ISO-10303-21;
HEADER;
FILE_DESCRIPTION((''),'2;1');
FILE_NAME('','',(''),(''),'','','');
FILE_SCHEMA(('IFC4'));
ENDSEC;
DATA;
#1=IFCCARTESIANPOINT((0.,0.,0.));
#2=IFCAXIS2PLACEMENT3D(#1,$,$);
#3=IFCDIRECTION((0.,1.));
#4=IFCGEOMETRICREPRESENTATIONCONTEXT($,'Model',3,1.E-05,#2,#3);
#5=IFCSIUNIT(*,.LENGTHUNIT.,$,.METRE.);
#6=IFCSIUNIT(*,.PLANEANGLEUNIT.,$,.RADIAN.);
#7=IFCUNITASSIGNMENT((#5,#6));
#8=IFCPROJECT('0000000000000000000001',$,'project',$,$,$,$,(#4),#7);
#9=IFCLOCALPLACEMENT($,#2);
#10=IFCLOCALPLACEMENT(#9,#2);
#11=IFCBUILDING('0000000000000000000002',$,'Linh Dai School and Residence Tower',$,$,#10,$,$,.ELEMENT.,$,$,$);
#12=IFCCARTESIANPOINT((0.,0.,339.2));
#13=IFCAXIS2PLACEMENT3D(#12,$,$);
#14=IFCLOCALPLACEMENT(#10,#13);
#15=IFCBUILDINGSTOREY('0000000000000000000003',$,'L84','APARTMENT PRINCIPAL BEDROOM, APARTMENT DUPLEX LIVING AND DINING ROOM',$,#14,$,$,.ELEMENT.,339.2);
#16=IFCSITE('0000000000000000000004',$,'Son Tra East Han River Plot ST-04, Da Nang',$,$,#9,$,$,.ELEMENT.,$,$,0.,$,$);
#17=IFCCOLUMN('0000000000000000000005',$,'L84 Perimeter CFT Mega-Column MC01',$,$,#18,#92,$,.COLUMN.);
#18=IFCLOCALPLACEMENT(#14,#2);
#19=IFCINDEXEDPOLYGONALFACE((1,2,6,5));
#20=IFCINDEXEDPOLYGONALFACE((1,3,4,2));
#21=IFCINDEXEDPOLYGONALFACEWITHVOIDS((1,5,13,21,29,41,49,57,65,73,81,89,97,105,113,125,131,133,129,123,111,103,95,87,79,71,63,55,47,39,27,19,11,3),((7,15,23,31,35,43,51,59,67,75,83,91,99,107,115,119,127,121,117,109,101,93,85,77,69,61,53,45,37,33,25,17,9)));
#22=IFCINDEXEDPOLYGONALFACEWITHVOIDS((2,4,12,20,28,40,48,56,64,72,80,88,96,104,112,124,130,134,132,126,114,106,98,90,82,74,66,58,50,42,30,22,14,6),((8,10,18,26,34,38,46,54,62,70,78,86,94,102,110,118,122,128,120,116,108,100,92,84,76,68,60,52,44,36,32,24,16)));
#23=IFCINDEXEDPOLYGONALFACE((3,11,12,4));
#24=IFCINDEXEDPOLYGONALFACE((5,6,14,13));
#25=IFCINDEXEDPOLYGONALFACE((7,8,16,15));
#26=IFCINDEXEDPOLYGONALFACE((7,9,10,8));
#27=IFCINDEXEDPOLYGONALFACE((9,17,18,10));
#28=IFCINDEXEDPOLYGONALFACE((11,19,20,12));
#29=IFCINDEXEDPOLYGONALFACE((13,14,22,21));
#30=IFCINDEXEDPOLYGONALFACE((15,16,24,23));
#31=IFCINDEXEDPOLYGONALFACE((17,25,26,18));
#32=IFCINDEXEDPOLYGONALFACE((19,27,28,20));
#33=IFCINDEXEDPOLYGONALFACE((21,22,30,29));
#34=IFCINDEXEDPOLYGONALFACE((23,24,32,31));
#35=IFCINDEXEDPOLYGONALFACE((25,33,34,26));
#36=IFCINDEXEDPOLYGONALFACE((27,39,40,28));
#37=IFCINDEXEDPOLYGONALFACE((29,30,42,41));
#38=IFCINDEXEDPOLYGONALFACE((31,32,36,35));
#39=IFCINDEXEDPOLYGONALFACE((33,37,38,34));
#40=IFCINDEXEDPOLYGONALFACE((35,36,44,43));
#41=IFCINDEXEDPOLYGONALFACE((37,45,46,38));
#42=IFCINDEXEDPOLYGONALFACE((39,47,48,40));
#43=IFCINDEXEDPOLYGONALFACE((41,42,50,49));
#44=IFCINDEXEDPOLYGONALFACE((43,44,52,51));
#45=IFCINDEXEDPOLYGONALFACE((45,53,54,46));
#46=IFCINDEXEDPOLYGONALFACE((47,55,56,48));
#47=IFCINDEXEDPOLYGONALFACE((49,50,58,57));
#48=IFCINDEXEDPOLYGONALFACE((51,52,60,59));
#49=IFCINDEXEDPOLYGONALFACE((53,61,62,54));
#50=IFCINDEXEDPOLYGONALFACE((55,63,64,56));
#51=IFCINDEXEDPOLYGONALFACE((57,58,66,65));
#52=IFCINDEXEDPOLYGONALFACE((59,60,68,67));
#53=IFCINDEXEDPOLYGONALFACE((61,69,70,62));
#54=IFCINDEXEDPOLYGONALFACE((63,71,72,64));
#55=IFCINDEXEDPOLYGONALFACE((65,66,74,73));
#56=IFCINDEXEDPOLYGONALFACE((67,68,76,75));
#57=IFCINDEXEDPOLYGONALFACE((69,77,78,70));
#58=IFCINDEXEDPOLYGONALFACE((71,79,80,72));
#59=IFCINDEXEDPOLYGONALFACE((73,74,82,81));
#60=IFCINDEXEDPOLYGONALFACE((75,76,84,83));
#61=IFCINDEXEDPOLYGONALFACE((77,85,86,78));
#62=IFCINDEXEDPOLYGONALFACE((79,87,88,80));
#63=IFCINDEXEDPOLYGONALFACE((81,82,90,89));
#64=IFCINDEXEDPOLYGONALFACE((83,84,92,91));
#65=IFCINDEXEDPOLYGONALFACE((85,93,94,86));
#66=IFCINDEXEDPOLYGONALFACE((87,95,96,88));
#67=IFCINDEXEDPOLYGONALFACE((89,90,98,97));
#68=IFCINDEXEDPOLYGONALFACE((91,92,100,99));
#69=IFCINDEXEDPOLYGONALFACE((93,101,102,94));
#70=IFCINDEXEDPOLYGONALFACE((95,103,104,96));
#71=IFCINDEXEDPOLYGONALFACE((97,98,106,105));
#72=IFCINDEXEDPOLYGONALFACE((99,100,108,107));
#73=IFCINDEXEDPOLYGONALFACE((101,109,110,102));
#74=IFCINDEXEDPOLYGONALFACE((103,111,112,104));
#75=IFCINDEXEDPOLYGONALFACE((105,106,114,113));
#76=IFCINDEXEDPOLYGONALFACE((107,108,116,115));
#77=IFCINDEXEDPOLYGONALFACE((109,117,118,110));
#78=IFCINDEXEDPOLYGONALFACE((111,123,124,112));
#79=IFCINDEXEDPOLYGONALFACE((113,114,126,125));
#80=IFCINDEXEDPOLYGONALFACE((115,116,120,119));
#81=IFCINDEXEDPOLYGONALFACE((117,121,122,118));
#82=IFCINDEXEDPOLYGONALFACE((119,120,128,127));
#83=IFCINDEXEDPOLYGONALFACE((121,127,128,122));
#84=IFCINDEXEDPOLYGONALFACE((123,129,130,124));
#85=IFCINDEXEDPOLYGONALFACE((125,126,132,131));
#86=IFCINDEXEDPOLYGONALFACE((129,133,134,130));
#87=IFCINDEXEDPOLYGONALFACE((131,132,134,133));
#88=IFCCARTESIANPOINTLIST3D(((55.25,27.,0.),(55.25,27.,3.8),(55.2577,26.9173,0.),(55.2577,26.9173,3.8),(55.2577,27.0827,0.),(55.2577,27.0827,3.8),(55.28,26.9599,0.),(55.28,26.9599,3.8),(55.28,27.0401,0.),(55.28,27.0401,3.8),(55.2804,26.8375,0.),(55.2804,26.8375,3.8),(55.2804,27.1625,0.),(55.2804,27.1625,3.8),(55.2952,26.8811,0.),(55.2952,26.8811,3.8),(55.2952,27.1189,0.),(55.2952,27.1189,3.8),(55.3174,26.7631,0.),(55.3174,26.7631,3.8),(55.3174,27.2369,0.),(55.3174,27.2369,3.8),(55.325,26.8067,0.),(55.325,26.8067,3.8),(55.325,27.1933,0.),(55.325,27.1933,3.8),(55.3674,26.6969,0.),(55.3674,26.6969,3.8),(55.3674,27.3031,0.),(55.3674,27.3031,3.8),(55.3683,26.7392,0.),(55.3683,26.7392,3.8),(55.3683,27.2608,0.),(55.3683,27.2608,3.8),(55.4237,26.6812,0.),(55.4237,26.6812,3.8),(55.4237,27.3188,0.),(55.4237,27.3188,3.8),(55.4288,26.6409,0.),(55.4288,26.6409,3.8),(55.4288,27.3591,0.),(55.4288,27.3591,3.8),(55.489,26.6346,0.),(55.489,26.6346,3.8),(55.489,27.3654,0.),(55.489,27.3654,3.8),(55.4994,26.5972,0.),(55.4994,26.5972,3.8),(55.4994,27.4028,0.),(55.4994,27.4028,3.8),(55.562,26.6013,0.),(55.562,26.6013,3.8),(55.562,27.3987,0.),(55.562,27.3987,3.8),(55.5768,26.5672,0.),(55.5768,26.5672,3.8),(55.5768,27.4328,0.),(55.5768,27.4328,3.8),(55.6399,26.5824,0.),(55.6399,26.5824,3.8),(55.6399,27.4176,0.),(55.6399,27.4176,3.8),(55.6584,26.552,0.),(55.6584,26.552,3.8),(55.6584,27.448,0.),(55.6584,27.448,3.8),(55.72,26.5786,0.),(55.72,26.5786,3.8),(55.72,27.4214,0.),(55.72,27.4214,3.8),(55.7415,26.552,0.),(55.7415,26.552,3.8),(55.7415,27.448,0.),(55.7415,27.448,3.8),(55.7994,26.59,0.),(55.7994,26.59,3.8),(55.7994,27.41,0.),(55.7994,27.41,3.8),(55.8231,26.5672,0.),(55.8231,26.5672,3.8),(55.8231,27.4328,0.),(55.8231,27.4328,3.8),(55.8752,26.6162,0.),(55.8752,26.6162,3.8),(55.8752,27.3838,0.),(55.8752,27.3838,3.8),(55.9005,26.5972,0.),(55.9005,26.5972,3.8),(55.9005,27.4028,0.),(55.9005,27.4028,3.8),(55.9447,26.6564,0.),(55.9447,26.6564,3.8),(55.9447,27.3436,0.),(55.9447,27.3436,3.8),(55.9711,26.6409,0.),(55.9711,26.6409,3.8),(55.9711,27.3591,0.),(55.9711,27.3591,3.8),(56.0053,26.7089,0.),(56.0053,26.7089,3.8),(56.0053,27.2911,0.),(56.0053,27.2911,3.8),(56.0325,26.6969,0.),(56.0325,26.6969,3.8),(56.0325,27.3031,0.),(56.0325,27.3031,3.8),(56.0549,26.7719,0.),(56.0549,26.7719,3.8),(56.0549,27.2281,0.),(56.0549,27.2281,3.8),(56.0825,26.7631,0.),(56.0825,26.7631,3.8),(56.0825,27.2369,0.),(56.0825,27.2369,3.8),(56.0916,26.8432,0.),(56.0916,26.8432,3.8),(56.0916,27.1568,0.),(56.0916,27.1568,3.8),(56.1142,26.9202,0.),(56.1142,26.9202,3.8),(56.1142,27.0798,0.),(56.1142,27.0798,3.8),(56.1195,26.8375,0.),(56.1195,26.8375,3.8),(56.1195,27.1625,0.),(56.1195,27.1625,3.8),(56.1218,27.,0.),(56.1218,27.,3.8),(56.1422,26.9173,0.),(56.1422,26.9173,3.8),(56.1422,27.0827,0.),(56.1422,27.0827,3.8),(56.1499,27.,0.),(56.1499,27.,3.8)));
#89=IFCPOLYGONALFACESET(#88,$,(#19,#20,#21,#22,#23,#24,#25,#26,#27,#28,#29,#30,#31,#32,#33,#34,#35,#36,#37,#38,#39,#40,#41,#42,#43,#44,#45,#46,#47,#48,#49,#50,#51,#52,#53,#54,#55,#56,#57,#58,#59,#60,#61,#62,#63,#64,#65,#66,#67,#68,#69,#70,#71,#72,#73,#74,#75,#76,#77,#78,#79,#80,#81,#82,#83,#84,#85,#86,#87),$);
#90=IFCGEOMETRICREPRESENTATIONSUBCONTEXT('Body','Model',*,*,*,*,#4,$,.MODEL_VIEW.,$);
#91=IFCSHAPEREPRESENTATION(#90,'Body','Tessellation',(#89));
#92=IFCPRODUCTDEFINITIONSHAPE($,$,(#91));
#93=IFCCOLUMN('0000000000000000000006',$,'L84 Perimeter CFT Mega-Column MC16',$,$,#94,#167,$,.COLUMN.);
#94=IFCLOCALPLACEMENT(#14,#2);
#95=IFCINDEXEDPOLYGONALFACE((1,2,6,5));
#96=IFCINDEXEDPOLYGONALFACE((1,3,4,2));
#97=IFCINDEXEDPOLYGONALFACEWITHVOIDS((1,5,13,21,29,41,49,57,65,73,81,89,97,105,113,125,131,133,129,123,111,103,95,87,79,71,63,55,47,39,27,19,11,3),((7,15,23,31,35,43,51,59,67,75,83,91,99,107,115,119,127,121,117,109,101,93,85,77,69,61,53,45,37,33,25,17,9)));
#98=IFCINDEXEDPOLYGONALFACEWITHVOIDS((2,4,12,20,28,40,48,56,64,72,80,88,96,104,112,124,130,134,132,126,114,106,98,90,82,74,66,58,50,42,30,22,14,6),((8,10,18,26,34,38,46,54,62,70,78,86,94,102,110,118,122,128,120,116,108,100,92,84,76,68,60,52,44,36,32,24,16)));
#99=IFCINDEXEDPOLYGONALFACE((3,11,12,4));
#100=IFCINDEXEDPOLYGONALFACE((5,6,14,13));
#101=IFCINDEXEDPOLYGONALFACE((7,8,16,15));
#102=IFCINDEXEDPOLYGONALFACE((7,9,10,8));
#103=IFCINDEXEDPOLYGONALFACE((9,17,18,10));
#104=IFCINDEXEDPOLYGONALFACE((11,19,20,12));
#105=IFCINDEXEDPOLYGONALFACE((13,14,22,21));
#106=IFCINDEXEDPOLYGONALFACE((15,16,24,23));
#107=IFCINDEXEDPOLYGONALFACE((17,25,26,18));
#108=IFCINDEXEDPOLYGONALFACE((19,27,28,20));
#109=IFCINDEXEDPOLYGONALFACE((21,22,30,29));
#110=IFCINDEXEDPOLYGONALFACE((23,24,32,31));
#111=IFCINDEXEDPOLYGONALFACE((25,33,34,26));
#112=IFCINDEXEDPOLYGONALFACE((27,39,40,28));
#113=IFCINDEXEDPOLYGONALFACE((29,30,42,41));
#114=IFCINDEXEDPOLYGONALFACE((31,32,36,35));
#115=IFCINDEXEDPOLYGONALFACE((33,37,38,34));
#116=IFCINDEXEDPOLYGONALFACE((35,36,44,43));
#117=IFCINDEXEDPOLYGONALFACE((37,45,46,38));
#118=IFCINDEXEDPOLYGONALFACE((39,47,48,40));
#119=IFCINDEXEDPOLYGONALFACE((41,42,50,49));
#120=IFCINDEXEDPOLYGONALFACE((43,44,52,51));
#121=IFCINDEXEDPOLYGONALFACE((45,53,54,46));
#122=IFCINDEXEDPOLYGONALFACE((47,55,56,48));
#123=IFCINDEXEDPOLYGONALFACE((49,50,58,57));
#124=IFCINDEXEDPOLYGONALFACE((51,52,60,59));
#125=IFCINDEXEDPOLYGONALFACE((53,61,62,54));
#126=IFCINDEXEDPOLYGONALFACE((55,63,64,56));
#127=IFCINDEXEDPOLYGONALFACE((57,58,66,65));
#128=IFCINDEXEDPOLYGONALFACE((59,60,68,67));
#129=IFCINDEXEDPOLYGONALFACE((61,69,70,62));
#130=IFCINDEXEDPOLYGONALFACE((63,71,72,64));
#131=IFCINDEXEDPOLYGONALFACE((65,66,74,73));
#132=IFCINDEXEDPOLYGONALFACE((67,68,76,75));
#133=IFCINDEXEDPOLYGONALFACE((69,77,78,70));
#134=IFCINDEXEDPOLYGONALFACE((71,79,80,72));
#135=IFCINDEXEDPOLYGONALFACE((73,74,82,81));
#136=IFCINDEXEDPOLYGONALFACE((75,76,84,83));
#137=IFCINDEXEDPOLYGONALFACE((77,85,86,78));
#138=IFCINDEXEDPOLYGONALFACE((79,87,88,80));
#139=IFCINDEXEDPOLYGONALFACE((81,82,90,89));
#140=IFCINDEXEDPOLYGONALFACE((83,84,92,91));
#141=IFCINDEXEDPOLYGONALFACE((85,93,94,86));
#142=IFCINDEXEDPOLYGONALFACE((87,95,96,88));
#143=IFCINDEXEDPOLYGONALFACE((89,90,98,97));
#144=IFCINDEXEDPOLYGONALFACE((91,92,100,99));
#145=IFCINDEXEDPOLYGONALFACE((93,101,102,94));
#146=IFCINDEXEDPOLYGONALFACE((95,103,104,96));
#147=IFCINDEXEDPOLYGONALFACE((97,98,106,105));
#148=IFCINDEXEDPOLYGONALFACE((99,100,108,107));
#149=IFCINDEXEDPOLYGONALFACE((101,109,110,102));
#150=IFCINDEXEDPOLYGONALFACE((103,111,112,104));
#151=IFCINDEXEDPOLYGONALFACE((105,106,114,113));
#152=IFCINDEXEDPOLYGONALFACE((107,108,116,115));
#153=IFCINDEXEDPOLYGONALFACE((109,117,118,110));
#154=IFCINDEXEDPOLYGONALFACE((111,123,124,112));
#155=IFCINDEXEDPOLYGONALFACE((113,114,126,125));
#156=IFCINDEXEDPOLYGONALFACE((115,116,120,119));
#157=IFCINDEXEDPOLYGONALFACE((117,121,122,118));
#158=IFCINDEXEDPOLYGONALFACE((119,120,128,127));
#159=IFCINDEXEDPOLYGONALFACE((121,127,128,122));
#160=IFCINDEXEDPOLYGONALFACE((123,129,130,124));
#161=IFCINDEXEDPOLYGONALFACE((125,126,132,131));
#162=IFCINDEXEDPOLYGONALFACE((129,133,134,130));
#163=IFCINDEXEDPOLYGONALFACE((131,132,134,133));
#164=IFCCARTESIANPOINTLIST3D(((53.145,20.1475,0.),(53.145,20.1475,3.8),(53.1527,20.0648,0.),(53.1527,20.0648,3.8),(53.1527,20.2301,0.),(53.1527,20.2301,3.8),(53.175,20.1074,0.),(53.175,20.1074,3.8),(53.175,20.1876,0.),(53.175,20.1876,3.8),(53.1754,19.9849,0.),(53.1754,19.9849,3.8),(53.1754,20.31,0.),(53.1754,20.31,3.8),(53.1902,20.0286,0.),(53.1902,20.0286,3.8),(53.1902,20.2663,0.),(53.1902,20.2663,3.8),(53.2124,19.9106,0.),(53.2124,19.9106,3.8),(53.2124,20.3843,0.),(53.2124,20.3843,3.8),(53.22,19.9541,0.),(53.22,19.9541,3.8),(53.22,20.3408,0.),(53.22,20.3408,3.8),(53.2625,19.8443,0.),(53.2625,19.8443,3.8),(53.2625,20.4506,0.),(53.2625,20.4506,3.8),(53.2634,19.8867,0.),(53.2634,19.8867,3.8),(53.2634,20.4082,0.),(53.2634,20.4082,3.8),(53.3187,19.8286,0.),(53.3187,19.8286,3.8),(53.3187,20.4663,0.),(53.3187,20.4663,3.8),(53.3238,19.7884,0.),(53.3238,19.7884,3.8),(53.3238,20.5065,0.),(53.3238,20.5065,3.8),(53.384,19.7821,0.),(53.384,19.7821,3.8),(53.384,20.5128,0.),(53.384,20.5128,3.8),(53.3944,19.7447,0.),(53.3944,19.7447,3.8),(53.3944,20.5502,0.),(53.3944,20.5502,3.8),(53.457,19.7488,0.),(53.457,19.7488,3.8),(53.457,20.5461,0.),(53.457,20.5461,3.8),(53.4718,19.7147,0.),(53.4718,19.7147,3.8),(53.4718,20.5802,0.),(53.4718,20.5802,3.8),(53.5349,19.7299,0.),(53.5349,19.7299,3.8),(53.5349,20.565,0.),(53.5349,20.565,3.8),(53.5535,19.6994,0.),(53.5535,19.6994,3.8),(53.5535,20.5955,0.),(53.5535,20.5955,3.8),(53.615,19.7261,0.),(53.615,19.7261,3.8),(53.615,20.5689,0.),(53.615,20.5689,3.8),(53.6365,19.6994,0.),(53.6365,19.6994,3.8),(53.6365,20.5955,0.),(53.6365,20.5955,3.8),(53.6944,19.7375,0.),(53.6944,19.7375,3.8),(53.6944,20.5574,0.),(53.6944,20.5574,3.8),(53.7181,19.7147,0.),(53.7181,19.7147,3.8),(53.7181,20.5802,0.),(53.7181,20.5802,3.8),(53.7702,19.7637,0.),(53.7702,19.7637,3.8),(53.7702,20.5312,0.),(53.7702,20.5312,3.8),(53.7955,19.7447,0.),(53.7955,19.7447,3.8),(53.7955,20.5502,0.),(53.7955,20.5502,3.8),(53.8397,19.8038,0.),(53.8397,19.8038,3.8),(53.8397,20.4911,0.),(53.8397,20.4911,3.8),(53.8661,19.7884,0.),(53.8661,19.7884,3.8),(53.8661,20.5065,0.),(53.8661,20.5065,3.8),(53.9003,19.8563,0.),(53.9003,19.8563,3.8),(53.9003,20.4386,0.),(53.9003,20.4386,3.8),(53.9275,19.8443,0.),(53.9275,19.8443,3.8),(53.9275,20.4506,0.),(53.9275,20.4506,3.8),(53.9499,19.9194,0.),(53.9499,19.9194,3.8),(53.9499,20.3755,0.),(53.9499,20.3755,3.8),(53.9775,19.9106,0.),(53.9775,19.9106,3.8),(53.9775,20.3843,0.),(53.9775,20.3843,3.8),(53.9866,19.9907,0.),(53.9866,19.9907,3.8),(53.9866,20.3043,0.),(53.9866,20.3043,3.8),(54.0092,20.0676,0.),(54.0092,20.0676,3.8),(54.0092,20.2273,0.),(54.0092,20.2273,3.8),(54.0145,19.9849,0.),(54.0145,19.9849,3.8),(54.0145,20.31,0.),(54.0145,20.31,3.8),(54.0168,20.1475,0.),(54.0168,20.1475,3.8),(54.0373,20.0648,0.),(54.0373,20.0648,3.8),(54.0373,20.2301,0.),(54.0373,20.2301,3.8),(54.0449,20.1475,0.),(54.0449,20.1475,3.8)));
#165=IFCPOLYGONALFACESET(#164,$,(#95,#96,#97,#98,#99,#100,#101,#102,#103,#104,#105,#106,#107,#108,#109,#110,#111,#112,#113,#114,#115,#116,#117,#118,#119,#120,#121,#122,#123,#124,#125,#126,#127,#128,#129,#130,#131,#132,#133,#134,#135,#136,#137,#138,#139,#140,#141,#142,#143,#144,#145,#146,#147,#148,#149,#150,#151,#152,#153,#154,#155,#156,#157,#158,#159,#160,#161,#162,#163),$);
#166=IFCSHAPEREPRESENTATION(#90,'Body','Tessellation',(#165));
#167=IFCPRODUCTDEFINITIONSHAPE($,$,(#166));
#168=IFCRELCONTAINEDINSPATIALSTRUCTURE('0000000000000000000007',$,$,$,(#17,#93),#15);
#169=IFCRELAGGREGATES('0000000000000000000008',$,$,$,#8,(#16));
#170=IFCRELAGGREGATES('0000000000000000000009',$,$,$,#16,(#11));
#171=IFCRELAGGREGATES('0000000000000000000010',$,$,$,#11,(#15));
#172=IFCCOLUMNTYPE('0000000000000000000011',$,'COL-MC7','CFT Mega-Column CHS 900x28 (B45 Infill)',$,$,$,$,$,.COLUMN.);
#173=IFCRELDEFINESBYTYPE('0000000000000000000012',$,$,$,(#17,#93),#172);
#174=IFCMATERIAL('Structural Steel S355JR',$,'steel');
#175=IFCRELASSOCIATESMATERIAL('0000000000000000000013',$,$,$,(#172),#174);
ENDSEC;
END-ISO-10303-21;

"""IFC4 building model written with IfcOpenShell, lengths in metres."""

from ifc_helpers import new_model, si_unit, direction, frame, origin, origin_2d, place, context, subcontext, project, spatial, hollow_circle, extrude, material, material_profile, profile_set, type_object, element, save


model = new_model("IFC4")

# Units and contexts
model_context = context("Model", 3, precision=1e-05, world=origin(), true_north=direction((0.0, 1.0)))
body_context = subcontext(model_context, "Body", "Model", "MODEL_VIEW")
ifc_project = project(units=[si_unit("LENGTHUNIT", "METRE"), si_unit("PLANEANGLEUNIT", "RADIAN")], contexts=[model_context])

# Site, building, storey
site_placement = place(None, origin())
site = spatial("IfcSite", under=ifc_project, at=site_placement, Name="Son Tra East Han River Plot ST-04, Da Nang", CompositionType="ELEMENT", RefElevation=0.0)
building_placement = place(site_placement, origin())
building = spatial("IfcBuilding", under=site, at=building_placement, Name="Linh Dai School and Residence Tower", CompositionType="ELEMENT")
storey_placement = place(building_placement, frame((0.0, 0.0, 339.2)))
storey = spatial("IfcBuildingStorey", under=building, at=storey_placement, Name="L84", Description="APARTMENT PRINCIPAL BEDROOM, APARTMENT DUPLEX LIVING AND DINING ROOM", CompositionType="ELEMENT", Elevation=339.2)

# Columns
ifc_material_1 = material(Name="Structural Steel S355JR", Category="steel")
ifc_material_profile_1 = material_profile(ifc_material_1, hollow_circle(Radius=0.45, WallThickness=0.0281, at=origin_2d()), Name="CHS 900x28")
ifc_profile_set_1 = profile_set([ifc_material_profile_1], Name="Structural Steel S355JR")
column_type_1 = type_object("IfcColumnType", Name="COL-MC7", Description="CFT Mega-Column CHS 900x28 (B45 Infill)", PredefinedType="COLUMN", material=ifc_profile_set_1)
for number, where, z_axis, x_axis, name in (
    (1, (55.7, 27.0, 0.0), (0.0, 0.0, 1.0), (1.0, 0.0, 0.0), "L84 Perimeter CFT Mega-Column MC01"),
    (2, (53.595, 20.1475, 0.0), (0.0, 0.0, 1.0), (1.0, 0.0, 0.0), "L84 Perimeter CFT Mega-Column MC16"),
):
    element("IfcColumn", number, at=place(storey_placement, frame(where, z_axis=z_axis, x_axis=x_axis)), inside=storey, type_object=column_type_1, Name=name, PredefinedType="COLUMN", context=body_context, shape_type="SweptSolid", body=[
        extrude(hollow_circle(Radius=0.45, WallThickness=0.0281, at=origin_2d()), origin(), (0.0, 0.0, 1.0), 3.8),
    ])

save(model, "model.ifc")
